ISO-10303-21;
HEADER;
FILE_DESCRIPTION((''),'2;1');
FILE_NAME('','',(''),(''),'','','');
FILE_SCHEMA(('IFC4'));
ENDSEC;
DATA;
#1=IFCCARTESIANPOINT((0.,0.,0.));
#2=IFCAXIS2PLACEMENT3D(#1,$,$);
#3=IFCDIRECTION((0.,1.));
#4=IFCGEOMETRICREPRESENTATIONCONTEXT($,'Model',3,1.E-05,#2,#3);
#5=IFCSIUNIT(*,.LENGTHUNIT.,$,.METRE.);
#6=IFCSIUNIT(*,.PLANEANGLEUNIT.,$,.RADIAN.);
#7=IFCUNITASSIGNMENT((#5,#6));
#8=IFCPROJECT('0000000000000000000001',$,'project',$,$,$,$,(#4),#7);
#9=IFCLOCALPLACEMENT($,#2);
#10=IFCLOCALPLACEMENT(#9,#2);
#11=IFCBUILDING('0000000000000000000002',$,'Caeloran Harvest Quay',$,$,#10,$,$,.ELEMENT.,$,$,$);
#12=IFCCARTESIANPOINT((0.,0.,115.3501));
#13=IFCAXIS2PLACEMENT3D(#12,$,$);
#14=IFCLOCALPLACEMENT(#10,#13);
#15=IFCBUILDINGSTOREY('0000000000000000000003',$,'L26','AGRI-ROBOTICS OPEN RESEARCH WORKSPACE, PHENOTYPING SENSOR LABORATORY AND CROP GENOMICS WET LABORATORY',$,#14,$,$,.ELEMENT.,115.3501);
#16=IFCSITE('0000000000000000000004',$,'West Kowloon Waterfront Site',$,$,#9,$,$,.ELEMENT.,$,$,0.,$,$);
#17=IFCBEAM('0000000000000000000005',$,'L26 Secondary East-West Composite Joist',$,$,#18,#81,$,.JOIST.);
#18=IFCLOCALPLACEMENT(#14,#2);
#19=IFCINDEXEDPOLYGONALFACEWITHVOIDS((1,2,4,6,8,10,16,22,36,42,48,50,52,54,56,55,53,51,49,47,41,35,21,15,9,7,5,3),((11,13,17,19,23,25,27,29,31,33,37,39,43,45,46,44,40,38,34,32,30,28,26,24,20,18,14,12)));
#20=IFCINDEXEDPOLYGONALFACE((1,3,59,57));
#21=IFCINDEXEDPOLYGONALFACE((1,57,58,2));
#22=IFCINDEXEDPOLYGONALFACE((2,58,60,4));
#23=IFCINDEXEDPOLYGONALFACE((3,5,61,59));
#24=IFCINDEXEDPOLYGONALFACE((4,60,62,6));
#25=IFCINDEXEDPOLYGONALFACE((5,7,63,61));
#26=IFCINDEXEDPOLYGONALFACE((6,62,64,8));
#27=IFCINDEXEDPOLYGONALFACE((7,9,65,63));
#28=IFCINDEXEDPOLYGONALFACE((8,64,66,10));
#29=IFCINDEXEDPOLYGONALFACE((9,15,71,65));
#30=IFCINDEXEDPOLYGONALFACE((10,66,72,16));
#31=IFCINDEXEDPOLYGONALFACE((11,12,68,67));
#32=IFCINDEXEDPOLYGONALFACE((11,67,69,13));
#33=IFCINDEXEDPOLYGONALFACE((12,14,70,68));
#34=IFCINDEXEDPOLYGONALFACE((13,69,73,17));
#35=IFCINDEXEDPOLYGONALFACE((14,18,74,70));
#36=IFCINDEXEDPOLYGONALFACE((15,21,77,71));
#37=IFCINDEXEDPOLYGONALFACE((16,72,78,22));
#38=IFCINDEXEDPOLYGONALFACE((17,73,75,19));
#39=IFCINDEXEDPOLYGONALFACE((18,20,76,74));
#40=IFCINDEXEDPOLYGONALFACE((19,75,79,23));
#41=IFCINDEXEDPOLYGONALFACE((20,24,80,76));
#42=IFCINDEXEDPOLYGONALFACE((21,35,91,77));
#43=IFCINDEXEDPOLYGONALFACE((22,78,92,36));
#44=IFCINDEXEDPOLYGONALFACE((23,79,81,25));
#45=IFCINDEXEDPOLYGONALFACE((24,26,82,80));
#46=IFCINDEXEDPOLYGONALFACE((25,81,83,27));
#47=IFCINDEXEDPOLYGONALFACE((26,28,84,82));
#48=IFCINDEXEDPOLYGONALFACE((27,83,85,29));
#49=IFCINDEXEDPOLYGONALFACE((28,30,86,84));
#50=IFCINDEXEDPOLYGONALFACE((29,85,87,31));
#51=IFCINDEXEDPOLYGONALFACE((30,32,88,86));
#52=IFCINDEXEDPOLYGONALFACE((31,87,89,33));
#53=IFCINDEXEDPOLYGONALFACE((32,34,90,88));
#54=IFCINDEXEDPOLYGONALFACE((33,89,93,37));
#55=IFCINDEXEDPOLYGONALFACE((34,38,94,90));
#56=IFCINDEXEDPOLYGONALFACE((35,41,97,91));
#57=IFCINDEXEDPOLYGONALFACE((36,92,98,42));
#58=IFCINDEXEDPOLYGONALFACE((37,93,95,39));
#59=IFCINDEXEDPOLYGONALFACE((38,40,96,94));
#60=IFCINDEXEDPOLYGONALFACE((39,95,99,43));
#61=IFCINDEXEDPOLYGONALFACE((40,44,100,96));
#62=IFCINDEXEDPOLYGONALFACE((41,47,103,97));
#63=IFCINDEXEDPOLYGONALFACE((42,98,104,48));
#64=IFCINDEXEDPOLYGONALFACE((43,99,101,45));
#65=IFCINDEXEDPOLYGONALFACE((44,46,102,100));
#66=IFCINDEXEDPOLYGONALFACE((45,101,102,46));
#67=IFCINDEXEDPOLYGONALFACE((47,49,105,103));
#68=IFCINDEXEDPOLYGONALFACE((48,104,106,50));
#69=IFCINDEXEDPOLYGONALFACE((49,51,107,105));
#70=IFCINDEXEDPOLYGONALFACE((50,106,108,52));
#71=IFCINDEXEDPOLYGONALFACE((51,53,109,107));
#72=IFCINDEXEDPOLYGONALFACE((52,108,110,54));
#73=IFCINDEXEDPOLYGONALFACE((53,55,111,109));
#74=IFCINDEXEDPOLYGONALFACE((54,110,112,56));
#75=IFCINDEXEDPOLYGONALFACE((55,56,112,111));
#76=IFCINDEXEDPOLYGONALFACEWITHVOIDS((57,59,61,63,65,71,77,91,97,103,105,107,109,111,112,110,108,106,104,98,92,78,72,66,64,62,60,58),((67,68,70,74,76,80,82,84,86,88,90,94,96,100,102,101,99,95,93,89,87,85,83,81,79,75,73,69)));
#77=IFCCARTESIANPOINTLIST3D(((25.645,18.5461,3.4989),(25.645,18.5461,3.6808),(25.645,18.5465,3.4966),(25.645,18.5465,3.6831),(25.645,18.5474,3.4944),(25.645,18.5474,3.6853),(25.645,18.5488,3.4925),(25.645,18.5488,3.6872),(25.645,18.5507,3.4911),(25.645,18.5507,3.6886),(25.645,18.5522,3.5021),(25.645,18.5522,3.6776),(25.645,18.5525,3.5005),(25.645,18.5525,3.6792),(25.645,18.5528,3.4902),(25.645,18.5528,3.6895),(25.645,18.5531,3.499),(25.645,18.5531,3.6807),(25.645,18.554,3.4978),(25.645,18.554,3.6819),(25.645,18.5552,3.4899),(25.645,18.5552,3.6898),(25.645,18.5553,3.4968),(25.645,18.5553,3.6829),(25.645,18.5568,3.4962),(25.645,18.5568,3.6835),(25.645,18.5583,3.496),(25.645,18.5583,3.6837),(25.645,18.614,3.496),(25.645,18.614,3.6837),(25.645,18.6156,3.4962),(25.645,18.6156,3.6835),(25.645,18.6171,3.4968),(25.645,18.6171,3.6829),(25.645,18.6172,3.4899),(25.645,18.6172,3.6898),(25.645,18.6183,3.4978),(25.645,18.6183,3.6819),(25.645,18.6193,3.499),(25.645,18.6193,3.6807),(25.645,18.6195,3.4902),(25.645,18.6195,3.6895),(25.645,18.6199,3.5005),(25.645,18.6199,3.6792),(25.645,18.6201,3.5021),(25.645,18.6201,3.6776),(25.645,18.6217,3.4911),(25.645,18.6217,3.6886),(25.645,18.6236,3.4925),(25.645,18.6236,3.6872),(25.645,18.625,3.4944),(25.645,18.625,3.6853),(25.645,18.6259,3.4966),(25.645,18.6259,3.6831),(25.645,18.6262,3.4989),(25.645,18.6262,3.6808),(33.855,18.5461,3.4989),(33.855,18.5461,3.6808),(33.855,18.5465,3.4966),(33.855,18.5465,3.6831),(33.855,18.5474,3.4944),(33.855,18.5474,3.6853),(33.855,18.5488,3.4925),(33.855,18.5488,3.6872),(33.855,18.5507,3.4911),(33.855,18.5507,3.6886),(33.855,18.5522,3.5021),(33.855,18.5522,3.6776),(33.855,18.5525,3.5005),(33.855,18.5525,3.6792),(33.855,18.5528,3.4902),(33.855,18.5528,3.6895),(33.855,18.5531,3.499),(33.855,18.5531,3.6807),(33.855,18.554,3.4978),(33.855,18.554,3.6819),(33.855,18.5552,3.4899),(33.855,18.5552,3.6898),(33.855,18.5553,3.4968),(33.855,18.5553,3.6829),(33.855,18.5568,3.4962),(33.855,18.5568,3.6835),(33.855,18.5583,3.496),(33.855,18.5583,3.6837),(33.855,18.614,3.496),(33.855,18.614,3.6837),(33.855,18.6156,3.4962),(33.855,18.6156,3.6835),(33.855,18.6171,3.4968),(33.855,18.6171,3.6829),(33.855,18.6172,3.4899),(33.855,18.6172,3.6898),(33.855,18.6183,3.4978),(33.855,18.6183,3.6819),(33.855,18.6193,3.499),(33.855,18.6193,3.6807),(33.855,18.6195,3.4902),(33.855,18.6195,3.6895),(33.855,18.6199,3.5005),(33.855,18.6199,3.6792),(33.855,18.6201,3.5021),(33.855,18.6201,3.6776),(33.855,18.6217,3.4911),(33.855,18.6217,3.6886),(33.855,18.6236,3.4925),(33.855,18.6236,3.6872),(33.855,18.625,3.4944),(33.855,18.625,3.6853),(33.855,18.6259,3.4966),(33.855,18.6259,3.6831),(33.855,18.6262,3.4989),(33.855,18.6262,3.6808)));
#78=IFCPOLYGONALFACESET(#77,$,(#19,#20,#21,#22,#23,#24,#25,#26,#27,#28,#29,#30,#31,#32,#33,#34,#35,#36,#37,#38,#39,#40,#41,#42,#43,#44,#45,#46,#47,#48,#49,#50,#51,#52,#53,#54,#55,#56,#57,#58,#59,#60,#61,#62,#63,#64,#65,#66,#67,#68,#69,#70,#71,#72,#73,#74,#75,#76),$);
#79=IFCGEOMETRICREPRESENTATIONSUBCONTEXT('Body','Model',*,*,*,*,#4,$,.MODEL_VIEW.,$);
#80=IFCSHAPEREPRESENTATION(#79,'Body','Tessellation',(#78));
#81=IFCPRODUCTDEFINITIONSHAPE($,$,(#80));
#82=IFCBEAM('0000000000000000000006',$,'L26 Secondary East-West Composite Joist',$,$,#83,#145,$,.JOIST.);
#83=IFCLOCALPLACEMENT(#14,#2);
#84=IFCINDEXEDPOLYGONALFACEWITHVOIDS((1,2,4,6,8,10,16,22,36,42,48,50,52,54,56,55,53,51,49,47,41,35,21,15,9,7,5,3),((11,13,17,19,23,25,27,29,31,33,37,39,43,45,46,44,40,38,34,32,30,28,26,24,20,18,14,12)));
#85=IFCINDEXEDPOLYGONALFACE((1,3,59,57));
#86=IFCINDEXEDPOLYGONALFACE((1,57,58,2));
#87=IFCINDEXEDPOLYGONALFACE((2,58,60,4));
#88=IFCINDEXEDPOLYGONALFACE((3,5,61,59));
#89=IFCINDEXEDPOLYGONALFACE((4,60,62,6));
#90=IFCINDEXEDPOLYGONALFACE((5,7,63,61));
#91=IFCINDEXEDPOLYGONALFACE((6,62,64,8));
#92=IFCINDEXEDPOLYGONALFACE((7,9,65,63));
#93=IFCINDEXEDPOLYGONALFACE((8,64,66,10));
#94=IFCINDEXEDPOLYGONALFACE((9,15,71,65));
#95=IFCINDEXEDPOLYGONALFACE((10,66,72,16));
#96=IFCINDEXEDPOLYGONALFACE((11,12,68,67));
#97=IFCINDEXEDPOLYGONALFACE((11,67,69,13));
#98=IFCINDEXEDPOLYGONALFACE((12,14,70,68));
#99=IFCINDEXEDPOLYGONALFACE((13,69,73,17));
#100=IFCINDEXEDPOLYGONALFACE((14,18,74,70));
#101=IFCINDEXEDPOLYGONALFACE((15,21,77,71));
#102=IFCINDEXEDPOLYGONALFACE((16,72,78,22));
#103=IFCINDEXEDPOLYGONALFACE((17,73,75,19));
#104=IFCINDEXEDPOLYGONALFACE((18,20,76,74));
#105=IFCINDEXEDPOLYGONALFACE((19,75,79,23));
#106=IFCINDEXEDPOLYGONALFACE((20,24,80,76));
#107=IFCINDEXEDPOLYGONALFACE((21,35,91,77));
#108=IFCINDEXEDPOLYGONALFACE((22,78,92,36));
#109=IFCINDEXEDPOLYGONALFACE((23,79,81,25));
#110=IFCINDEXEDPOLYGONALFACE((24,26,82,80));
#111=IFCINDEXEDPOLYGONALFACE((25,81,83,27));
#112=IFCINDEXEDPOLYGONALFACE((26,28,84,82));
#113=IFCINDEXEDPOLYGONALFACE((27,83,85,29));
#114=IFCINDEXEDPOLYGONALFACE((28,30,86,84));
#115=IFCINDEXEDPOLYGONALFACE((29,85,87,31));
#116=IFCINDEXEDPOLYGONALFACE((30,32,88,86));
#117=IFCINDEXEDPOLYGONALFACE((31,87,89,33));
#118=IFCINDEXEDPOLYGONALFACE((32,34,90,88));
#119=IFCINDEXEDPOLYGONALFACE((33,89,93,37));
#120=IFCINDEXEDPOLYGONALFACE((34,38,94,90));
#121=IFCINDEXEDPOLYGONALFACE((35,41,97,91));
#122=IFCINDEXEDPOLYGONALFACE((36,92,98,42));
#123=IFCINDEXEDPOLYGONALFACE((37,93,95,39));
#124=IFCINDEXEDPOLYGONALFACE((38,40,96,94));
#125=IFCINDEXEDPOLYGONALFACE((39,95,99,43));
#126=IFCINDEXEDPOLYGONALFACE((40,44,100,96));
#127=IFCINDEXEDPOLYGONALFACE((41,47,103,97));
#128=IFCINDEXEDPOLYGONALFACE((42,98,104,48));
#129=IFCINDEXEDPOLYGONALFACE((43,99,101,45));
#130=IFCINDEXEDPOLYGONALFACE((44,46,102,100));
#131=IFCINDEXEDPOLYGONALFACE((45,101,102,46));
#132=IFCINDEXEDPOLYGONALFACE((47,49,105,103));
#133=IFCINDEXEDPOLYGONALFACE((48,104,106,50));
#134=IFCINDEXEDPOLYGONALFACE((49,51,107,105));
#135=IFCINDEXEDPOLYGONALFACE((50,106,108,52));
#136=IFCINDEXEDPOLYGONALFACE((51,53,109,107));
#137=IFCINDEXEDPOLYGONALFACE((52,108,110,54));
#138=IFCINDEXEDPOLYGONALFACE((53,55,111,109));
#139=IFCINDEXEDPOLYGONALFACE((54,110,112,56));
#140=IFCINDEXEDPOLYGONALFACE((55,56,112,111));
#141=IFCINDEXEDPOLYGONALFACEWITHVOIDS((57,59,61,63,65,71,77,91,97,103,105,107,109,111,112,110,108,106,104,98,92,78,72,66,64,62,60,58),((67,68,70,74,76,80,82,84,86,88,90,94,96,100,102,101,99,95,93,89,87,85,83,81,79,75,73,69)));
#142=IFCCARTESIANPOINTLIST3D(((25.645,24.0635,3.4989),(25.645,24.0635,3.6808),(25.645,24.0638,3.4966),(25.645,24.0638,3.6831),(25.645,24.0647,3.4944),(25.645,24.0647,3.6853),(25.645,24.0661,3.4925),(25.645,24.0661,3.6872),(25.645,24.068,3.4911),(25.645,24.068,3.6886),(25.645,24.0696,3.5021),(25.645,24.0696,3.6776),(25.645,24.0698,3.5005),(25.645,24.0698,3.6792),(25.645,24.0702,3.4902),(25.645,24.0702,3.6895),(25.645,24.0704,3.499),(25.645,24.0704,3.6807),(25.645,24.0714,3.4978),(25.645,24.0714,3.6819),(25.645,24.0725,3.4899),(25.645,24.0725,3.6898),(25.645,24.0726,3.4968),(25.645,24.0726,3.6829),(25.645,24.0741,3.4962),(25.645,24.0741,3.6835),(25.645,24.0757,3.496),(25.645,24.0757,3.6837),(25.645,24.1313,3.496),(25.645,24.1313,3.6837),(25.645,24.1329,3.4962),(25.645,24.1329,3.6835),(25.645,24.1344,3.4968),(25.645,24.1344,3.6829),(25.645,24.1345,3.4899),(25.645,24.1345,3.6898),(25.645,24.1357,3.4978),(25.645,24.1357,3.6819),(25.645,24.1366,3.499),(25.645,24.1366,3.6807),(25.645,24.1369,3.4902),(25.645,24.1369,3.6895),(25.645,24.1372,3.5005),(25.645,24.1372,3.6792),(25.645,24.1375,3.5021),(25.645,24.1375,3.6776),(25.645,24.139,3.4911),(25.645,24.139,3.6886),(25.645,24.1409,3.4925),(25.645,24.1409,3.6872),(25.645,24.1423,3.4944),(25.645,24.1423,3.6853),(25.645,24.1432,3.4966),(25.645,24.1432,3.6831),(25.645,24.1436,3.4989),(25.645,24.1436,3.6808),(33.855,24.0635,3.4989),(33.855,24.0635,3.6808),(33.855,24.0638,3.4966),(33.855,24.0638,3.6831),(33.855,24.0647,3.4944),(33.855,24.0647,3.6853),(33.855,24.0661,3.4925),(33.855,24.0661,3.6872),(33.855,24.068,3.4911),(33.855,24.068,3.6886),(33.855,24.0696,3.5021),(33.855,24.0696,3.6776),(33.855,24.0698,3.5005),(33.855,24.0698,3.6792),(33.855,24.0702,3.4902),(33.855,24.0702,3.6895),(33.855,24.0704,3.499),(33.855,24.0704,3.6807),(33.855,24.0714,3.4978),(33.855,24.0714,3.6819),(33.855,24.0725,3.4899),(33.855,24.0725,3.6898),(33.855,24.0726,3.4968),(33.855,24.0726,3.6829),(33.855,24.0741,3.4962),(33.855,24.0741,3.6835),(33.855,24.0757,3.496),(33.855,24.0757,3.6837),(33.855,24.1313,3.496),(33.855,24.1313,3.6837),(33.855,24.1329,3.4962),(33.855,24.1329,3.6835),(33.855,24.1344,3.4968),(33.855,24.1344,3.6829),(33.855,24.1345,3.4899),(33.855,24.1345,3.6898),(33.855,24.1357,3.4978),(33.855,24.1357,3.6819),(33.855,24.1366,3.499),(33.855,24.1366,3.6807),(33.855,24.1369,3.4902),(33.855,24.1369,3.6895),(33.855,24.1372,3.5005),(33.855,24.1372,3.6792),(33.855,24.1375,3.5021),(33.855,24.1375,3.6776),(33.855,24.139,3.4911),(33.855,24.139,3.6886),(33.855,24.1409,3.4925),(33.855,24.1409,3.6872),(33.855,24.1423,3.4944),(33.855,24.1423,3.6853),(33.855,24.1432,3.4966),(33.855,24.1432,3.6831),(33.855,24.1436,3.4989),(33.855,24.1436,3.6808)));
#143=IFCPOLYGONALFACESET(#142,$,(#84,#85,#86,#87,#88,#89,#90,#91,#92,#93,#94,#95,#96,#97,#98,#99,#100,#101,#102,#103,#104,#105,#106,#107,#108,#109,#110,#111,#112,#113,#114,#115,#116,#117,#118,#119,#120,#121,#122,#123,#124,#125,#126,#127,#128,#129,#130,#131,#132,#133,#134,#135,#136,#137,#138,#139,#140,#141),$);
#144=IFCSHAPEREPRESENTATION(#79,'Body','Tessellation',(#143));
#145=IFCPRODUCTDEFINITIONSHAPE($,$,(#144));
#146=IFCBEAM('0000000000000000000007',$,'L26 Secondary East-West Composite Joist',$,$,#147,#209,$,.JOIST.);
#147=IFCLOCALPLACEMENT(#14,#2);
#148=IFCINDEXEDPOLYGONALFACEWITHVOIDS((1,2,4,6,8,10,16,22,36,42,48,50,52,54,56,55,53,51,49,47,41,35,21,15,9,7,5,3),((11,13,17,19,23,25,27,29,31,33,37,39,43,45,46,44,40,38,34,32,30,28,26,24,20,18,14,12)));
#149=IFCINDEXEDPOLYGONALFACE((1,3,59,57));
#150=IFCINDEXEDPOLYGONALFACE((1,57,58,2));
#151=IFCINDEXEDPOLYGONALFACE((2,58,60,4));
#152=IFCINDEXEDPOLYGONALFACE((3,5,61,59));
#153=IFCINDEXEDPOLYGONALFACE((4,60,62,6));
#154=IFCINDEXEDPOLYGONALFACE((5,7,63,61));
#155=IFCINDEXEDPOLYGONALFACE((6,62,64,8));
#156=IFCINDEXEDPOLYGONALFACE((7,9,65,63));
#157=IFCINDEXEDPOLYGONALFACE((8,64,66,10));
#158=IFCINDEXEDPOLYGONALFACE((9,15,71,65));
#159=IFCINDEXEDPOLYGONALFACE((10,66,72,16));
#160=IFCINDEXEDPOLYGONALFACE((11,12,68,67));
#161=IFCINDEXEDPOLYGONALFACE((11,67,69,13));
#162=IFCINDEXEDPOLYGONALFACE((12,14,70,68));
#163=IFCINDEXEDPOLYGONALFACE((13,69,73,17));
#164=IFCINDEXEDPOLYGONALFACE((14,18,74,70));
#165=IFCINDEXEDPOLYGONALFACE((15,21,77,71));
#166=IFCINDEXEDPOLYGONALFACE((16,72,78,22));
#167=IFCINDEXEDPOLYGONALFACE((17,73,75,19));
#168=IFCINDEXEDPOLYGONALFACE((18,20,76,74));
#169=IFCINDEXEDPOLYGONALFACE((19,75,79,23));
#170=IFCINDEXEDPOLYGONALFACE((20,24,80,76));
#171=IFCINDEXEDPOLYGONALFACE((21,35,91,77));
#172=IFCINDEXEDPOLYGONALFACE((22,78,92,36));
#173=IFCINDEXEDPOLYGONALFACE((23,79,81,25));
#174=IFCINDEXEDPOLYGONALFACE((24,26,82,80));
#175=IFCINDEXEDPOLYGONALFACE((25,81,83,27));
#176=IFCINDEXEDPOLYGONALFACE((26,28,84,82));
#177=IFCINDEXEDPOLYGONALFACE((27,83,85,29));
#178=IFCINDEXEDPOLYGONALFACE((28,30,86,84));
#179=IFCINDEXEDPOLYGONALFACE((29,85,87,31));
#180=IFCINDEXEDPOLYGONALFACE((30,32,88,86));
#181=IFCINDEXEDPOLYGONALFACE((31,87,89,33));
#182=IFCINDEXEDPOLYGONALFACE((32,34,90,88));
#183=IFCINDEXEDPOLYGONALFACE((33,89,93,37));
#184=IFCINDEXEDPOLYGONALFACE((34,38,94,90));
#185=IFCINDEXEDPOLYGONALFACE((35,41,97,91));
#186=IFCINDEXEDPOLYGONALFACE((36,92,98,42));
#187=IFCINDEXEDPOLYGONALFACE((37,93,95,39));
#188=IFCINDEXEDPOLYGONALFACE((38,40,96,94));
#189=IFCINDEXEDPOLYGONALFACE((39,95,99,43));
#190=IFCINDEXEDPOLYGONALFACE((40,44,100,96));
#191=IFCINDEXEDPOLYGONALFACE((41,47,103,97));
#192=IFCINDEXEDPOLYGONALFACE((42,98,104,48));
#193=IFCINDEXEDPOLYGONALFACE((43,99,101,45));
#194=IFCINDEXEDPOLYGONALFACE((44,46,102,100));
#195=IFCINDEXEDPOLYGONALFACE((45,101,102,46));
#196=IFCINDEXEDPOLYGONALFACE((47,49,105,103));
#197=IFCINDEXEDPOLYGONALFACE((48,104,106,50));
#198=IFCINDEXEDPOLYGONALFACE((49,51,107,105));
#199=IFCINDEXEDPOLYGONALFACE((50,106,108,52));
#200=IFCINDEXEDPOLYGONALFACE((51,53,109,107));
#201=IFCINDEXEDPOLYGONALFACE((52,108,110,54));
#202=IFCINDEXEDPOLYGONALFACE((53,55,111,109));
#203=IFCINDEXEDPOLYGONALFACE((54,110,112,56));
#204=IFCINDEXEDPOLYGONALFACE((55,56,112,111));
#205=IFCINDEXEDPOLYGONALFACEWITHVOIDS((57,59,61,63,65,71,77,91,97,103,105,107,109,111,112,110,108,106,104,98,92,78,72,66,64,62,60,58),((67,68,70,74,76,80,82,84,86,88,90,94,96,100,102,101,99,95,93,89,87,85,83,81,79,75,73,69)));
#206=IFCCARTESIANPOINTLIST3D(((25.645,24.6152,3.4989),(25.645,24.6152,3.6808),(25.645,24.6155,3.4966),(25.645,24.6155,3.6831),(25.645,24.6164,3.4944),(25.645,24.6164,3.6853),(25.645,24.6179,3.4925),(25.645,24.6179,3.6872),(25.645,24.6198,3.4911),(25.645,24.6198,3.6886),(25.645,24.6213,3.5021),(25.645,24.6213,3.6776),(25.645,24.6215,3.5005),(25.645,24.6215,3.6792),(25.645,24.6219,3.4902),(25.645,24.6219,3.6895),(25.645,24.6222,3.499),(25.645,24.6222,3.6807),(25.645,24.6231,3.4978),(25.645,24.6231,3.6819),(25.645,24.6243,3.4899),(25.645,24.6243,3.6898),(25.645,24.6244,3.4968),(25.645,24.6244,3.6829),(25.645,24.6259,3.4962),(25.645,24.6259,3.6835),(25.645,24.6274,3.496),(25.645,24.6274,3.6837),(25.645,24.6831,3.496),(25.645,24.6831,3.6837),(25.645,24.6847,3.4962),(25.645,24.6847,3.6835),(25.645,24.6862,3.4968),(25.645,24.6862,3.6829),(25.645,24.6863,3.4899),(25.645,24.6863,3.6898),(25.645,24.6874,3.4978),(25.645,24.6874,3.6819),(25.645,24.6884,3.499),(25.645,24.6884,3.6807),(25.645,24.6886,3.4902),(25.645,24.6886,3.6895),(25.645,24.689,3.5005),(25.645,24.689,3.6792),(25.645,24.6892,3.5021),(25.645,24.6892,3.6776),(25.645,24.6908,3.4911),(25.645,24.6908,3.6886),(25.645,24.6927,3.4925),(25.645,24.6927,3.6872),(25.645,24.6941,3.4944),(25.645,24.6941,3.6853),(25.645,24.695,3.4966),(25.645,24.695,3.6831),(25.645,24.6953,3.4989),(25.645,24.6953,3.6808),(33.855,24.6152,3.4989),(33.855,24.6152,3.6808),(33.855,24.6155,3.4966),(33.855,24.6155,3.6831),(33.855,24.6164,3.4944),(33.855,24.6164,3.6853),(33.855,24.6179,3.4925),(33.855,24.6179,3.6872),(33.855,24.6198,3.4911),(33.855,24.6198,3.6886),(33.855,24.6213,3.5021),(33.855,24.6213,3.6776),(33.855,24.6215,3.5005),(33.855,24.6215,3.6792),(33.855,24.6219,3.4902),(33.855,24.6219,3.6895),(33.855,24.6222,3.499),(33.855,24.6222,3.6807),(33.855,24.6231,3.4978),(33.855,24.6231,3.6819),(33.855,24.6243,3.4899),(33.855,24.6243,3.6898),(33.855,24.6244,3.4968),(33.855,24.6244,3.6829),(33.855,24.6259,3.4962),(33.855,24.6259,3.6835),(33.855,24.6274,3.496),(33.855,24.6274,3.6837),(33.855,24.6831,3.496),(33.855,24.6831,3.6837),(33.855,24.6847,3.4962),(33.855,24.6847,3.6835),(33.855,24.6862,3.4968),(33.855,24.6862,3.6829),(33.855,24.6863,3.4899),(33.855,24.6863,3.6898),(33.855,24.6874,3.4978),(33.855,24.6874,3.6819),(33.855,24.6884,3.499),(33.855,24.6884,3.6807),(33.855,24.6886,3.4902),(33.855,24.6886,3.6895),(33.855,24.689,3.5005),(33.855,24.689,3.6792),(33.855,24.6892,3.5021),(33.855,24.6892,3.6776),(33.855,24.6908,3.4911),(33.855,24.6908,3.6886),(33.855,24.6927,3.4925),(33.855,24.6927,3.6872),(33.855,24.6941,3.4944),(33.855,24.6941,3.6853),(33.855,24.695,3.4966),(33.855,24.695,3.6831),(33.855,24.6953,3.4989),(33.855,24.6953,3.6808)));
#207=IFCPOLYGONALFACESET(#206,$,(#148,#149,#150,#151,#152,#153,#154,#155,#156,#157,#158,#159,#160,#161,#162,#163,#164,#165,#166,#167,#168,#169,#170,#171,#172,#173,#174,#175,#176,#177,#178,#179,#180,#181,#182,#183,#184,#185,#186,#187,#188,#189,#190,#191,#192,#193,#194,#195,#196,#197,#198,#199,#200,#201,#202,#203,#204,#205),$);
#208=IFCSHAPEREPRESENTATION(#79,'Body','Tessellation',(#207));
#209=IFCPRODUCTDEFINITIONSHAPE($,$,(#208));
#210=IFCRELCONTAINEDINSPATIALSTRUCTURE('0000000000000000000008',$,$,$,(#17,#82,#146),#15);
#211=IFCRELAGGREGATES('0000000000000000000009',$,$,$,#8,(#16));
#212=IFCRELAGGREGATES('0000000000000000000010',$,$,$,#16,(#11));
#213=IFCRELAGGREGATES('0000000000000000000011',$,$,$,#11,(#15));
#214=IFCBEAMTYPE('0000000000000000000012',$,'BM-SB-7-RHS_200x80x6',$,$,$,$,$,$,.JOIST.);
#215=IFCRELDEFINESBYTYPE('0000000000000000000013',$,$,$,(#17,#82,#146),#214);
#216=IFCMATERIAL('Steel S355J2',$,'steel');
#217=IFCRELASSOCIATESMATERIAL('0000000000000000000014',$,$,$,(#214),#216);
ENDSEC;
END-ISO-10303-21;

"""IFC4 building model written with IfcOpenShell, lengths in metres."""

from ifc_helpers import new_model, si_unit, direction, frame, origin, origin_2d, place, context, subcontext, project, spatial, hollow_rectangle, extrude, material, material_profile, profile_set, type_object, element, save


model = new_model("IFC4")

# Units and contexts
model_context = context("Model", 3, precision=1e-05, world=origin(), true_north=direction((0.0, 1.0)))
body_context = subcontext(model_context, "Body", "Model", "MODEL_VIEW")
ifc_project = project(units=[si_unit("LENGTHUNIT", "METRE"), si_unit("PLANEANGLEUNIT", "RADIAN")], contexts=[model_context])

# Site, building, storey
site_placement = place(None, origin())
site = spatial("IfcSite", under=ifc_project, at=site_placement, Name="West Kowloon Waterfront Site", CompositionType="ELEMENT", RefElevation=0.0)
building_placement = place(site_placement, origin())
building = spatial("IfcBuilding", under=site, at=building_placement, Name="Caeloran Harvest Quay", CompositionType="ELEMENT")
storey_placement = place(building_placement, frame((0.0, 0.0, 115.3501)))
storey = spatial("IfcBuildingStorey", under=building, at=storey_placement, Name="L26", Description="AGRI-ROBOTICS OPEN RESEARCH WORKSPACE, PHENOTYPING SENSOR LABORATORY AND CROP GENOMICS WET LABORATORY", CompositionType="ELEMENT", Elevation=115.3501)

# Beams
ifc_material_1 = material(Name="Steel S355J2", Category="steel")
ifc_material_profile_1 = material_profile(ifc_material_1, hollow_rectangle(XDim=0.0801, YDim=0.2, WallThickness=0.0061, InnerFilletRadius=0.0061, OuterFilletRadius=0.009, at=origin_2d()), Name="RHS 200x80x6")
ifc_profile_set_1 = profile_set([ifc_material_profile_1], Name="Steel S355J2")
beam_type_1 = type_object("IfcBeamType", Name="BM-SB-7-RHS_200x80x6", PredefinedType="JOIST", material=ifc_profile_set_1)
for number, where, z_axis, x_axis, name in (
    (1, (25.645, 18.5862, 3.5898), (1.0, 0.0, 0.0), (0.0, 1.0, 0.0), "L26 Secondary East-West Composite Joist"),
    (2, (25.645, 24.1035, 3.5898), (1.0, 0.0, 0.0), (0.0, 1.0, 0.0), "L26 Secondary East-West Composite Joist"),
    (3, (25.645, 24.6553, 3.5898), (1.0, 0.0, 0.0), (0.0, 1.0, 0.0), "L26 Secondary East-West Composite Joist"),
):
    element("IfcBeam", number, at=place(storey_placement, frame(where, z_axis=z_axis, x_axis=x_axis)), inside=storey, type_object=beam_type_1, Name=name, PredefinedType="JOIST", context=body_context, shape_type="SweptSolid", body=[
        extrude(hollow_rectangle(XDim=0.0801, YDim=0.2, WallThickness=0.0061, InnerFilletRadius=0.0061, OuterFilletRadius=0.009, at=origin_2d()), origin(), (0.0, 0.0, 1.0), 8.21),
    ])

save(model, "model.ifc")
